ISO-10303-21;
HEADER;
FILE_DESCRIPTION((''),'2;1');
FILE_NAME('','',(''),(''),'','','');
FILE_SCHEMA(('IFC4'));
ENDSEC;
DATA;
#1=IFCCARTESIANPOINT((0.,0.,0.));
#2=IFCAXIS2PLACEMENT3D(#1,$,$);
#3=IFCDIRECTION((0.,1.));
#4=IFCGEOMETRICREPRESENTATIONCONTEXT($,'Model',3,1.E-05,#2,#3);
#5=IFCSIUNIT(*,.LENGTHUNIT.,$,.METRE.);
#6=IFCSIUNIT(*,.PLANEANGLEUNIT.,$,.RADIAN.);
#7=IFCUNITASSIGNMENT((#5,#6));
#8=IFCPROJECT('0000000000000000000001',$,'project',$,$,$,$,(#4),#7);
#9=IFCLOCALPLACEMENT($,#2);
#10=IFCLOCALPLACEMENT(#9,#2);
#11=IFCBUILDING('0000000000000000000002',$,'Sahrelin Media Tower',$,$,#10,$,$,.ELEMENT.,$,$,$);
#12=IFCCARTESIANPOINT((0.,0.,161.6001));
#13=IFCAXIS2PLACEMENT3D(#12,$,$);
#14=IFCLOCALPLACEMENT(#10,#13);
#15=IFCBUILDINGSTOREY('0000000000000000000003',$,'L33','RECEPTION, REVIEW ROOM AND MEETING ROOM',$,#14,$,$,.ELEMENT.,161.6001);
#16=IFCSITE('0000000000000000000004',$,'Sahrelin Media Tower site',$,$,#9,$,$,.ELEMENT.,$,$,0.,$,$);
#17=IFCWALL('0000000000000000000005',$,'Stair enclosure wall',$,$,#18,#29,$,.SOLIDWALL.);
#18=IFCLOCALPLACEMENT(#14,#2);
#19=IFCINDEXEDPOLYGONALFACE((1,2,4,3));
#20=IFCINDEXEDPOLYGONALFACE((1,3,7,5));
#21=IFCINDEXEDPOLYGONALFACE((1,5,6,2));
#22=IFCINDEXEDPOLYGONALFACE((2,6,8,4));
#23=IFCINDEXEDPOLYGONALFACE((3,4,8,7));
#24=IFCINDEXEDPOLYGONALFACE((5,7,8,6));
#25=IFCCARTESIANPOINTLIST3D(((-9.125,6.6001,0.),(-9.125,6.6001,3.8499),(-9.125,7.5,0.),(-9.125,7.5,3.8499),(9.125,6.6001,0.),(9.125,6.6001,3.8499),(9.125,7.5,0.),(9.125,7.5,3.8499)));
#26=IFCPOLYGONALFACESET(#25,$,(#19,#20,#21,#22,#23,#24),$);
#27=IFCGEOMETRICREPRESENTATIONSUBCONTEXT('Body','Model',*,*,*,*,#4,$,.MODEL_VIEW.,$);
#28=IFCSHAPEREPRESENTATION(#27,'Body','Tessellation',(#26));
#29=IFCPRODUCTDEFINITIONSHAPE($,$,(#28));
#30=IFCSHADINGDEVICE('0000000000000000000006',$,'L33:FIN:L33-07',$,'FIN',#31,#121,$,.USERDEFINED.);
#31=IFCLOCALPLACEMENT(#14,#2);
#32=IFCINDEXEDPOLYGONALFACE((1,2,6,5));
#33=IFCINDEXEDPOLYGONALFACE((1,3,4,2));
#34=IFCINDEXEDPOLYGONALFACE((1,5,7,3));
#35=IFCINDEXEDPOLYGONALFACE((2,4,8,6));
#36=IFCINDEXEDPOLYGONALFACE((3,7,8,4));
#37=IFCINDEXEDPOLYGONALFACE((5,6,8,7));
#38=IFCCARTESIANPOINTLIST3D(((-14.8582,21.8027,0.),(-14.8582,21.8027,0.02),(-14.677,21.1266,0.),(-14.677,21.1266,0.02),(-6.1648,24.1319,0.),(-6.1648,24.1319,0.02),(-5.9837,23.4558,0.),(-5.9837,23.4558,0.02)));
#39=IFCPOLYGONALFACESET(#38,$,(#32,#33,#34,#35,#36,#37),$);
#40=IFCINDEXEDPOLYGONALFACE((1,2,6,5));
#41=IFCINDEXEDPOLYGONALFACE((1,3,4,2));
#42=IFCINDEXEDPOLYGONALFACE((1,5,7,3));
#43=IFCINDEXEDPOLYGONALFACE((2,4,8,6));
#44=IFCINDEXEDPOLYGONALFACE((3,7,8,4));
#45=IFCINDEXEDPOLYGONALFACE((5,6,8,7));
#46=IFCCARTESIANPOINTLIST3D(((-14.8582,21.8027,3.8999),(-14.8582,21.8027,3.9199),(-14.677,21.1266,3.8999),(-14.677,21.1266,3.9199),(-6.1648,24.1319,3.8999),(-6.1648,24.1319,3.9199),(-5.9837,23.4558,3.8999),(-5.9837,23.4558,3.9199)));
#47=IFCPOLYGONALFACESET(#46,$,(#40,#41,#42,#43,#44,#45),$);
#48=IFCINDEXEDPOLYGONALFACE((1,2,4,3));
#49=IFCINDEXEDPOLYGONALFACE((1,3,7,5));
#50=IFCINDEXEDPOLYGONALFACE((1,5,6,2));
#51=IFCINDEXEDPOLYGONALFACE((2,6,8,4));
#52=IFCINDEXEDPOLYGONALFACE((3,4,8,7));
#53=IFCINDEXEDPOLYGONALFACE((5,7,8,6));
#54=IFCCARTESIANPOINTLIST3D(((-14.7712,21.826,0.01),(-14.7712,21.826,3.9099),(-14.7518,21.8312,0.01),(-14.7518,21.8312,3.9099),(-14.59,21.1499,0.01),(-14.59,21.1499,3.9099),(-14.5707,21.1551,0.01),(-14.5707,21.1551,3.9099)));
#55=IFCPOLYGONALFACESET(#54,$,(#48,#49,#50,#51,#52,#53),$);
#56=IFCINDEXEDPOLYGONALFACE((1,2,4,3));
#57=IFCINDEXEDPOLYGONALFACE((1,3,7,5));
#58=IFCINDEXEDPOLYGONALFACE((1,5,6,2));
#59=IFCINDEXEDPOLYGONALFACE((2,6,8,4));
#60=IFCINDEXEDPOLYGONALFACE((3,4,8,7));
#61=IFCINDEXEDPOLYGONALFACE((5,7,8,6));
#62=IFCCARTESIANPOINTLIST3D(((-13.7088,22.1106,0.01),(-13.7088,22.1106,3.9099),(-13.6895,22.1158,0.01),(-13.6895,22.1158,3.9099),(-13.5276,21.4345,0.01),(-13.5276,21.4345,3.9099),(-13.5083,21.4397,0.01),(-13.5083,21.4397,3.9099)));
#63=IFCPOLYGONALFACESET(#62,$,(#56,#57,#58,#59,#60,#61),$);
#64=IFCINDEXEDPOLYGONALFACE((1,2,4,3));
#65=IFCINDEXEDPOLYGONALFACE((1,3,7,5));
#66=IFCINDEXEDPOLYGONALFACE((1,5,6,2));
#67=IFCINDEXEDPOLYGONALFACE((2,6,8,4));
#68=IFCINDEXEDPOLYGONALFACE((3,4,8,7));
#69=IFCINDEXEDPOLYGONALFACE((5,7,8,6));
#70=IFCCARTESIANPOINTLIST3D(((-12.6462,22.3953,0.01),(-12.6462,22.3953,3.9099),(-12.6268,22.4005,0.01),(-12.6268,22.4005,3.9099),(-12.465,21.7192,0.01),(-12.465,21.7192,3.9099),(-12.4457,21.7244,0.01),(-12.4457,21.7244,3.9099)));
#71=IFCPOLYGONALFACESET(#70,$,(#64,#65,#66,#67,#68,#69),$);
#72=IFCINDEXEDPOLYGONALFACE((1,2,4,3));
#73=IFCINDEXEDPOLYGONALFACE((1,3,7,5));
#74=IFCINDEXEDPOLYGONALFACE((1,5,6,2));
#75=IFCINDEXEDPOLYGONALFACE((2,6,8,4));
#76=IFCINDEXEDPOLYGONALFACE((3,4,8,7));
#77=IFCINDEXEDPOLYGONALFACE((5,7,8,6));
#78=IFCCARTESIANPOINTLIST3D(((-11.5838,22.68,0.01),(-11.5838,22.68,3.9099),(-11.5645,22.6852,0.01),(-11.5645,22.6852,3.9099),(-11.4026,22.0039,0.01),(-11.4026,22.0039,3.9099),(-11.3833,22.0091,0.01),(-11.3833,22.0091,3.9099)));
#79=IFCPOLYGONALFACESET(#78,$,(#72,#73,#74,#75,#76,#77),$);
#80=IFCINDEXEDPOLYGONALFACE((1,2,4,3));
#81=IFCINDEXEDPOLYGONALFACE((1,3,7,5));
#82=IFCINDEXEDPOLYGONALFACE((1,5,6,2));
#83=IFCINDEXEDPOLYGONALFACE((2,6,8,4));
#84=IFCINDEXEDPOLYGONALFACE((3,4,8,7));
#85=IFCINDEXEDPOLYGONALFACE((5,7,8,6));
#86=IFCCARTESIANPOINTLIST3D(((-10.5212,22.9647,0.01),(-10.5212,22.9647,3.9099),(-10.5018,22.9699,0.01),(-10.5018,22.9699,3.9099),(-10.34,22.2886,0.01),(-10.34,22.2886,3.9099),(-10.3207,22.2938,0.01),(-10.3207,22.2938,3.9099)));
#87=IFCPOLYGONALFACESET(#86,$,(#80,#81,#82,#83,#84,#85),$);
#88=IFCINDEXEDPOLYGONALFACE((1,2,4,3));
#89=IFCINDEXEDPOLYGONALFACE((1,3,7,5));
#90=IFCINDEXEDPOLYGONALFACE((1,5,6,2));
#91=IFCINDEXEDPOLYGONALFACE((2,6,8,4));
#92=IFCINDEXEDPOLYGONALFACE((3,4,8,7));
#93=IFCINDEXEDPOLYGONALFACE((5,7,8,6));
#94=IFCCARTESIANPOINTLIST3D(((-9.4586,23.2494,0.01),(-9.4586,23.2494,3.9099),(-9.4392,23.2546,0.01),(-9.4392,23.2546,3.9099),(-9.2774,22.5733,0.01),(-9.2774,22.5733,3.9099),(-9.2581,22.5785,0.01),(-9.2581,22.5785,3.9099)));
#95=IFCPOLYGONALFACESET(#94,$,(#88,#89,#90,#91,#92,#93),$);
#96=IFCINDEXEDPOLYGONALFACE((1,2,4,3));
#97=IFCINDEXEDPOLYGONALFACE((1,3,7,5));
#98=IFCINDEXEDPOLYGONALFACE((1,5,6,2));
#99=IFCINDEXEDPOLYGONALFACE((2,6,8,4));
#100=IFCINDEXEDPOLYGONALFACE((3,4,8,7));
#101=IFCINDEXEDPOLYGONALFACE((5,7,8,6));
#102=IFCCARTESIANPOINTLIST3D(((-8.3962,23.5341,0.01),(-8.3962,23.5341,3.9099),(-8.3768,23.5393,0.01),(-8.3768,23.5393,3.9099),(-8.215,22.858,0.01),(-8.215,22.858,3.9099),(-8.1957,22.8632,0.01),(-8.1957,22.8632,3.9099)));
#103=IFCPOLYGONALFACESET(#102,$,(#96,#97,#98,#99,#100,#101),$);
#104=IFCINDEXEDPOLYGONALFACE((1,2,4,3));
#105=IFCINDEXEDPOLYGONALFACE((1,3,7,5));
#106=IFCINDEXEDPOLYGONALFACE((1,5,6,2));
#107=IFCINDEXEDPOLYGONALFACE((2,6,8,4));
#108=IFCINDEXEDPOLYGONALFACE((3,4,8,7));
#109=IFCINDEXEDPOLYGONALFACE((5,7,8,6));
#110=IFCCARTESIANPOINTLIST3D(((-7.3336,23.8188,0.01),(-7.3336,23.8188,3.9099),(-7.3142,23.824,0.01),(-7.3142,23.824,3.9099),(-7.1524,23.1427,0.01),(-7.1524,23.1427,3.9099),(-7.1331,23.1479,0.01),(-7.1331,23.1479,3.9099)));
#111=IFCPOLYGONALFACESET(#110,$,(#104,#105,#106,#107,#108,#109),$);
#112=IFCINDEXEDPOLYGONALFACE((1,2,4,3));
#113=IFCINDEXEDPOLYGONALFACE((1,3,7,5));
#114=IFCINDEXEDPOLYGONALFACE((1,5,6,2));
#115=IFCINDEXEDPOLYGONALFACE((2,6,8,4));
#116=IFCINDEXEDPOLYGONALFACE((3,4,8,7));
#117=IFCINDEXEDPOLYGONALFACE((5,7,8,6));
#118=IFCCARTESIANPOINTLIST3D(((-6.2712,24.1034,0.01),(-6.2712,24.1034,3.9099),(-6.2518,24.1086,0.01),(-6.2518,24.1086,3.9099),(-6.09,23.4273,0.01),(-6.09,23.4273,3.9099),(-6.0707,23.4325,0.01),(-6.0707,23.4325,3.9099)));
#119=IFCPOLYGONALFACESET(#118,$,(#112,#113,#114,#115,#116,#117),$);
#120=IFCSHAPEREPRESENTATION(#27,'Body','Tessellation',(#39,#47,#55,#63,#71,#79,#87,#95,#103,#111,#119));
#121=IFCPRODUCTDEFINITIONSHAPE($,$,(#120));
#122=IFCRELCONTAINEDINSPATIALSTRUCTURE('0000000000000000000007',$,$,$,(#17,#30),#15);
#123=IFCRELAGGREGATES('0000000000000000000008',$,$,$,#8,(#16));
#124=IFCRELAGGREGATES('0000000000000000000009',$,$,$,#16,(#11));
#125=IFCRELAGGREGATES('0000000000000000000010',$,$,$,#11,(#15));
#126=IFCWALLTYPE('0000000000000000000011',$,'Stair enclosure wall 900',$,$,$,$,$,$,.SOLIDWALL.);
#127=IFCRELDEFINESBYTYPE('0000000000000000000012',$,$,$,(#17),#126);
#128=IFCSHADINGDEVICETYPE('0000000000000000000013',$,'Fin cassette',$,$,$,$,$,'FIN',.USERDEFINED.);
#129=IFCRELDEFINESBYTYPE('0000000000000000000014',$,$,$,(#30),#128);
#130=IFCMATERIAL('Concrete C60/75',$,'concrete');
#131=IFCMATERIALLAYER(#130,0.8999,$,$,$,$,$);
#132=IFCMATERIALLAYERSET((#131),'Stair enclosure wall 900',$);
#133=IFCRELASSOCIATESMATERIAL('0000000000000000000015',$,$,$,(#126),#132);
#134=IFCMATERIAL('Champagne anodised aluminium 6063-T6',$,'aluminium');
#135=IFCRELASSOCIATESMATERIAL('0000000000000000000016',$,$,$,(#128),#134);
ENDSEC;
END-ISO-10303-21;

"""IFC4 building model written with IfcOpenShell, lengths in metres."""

from ifc_helpers import new_model, si_unit, direction, frame, frame_2d, origin, origin_2d, place, context, subcontext, project, spatial, rectangle, extrude, material, layer, layer_set, type_object, element, save


model = new_model("IFC4")

# Units and contexts
model_context = context("Model", 3, precision=1e-05, world=origin(), true_north=direction((0.0, 1.0)))
body_context = subcontext(model_context, "Body", "Model", "MODEL_VIEW")
ifc_project = project(units=[si_unit("LENGTHUNIT", "METRE"), si_unit("PLANEANGLEUNIT", "RADIAN")], contexts=[model_context])

# Site, building, storey
site_placement = place(None, origin())
site = spatial("IfcSite", under=ifc_project, at=site_placement, Name="Sahrelin Media Tower site", CompositionType="ELEMENT", RefElevation=0.0)
building_placement = place(site_placement, origin())
building = spatial("IfcBuilding", under=site, at=building_placement, Name="Sahrelin Media Tower", CompositionType="ELEMENT")
storey_placement = place(building_placement, frame((0.0, 0.0, 161.6001)))
storey = spatial("IfcBuildingStorey", under=building, at=storey_placement, Name="L33", Description="RECEPTION, REVIEW ROOM AND MEETING ROOM", CompositionType="ELEMENT", Elevation=161.6001)

# Shared definitions
ifc_material_1 = material(Name="Champagne anodised aluminium 6063-T6", Category="aluminium")

# Shared definitions
ifc_material_2 = material(Name="Concrete C60/75", Category="concrete")

# Wall
ifc_layer_1 = layer(ifc_material_2, 0.8999)
ifc_layer_set_1 = layer_set([ifc_layer_1], Name="Stair enclosure wall 900")
wall_type_1 = type_object("IfcWallType", Name="Stair enclosure wall 900", PredefinedType="SOLIDWALL", material=ifc_layer_set_1)
wall_1_placement = place(storey_placement, frame((-9.125, 7.05, 0.0), z_axis=(0.0, 0.0, 1.0), x_axis=(1.0, 0.0, 0.0)))
element("IfcWall", 1, at=wall_1_placement, inside=storey, type_object=wall_type_1, Name="Stair enclosure wall", PredefinedType="SOLIDWALL", context=body_context, shape_type="SweptSolid", body=[
    extrude(rectangle(XDim=18.25, YDim=0.8999, at=frame_2d((9.125, 0.0))), origin(), (0.0, 0.0, 1.0), 3.8499),
])

# Shading device
shading_device_type_1 = type_object("IfcShadingDeviceType", Name="Fin cassette", ElementType="FIN", PredefinedType="USERDEFINED", material=ifc_material_1)
placement = place(storey_placement, frame((-10.3123, 22.2236, 0.0), z_axis=(0.0, 0.0, 1.0), x_axis=(0.965929, 0.258808, 0.0)))
element("IfcShadingDevice", 2, at=placement, inside=storey, type_object=shading_device_type_1, Name="L33:FIN:L33-07", ObjectType="FIN", PredefinedType="USERDEFINED", context=body_context, shape_type="SweptSolid", body=[
    extrude(rectangle(XDim=9.0, YDim=0.7, at=origin_2d()), frame((0.0, 0.4199, 0.0)), (0.0, 0.0, 1.0), 0.02),
    extrude(rectangle(XDim=9.0, YDim=0.7, at=origin_2d()), frame((0.0, 0.4199, 3.8999)), (0.0, 0.0, 1.0), 0.02),
    extrude(rectangle(XDim=0.02, YDim=0.7, at=origin_2d()), frame((-4.3999, 0.4199, 0.01), z_axis=(0.0, 0.0, 1.0), x_axis=(1.0, 0.0, 0.0)), (0.0, 0.0, 1.0), 3.8999),
    extrude(rectangle(XDim=0.02, YDim=0.7, at=origin_2d()), frame((-3.3, 0.4199, 0.01), z_axis=(0.0, 0.0, 1.0), x_axis=(1.0, 0.0, 0.0)), (0.0, 0.0, 1.0), 3.8999),
    extrude(rectangle(XDim=0.02, YDim=0.7, at=origin_2d()), frame((-2.2, 0.4199, 0.01), z_axis=(0.0, 0.0, 1.0), x_axis=(1.0, 0.0, 0.0)), (0.0, 0.0, 1.0), 3.8999),
    extrude(rectangle(XDim=0.02, YDim=0.7, at=origin_2d()), frame((-1.1001, 0.4199, 0.01), z_axis=(0.0, 0.0, 1.0), x_axis=(1.0, 0.0, 0.0)), (0.0, 0.0, 1.0), 3.8999),
    extrude(rectangle(XDim=0.02, YDim=0.7, at=origin_2d()), frame((0.0, 0.4199, 0.01), z_axis=(0.0, 0.0, 1.0), x_axis=(1.0, 0.0, 0.0)), (0.0, 0.0, 1.0), 3.8999),
    extrude(rectangle(XDim=0.02, YDim=0.7, at=origin_2d()), frame((1.1001, 0.4199, 0.01), z_axis=(0.0, 0.0, 1.0), x_axis=(1.0, 0.0, 0.0)), (0.0, 0.0, 1.0), 3.8999),
    extrude(rectangle(XDim=0.02, YDim=0.7, at=origin_2d()), frame((2.2, 0.4199, 0.01), z_axis=(0.0, 0.0, 1.0), x_axis=(1.0, 0.0, 0.0)), (0.0, 0.0, 1.0), 3.8999),
    extrude(rectangle(XDim=0.02, YDim=0.7, at=origin_2d()), frame((3.3, 0.4199, 0.01), z_axis=(0.0, 0.0, 1.0), x_axis=(1.0, 0.0, 0.0)), (0.0, 0.0, 1.0), 3.8999),
    extrude(rectangle(XDim=0.02, YDim=0.7, at=origin_2d()), frame((4.3999, 0.4199, 0.01), z_axis=(0.0, 0.0, 1.0), x_axis=(1.0, 0.0, 0.0)), (0.0, 0.0, 1.0), 3.8999),
])

save(model, "model.ifc")
